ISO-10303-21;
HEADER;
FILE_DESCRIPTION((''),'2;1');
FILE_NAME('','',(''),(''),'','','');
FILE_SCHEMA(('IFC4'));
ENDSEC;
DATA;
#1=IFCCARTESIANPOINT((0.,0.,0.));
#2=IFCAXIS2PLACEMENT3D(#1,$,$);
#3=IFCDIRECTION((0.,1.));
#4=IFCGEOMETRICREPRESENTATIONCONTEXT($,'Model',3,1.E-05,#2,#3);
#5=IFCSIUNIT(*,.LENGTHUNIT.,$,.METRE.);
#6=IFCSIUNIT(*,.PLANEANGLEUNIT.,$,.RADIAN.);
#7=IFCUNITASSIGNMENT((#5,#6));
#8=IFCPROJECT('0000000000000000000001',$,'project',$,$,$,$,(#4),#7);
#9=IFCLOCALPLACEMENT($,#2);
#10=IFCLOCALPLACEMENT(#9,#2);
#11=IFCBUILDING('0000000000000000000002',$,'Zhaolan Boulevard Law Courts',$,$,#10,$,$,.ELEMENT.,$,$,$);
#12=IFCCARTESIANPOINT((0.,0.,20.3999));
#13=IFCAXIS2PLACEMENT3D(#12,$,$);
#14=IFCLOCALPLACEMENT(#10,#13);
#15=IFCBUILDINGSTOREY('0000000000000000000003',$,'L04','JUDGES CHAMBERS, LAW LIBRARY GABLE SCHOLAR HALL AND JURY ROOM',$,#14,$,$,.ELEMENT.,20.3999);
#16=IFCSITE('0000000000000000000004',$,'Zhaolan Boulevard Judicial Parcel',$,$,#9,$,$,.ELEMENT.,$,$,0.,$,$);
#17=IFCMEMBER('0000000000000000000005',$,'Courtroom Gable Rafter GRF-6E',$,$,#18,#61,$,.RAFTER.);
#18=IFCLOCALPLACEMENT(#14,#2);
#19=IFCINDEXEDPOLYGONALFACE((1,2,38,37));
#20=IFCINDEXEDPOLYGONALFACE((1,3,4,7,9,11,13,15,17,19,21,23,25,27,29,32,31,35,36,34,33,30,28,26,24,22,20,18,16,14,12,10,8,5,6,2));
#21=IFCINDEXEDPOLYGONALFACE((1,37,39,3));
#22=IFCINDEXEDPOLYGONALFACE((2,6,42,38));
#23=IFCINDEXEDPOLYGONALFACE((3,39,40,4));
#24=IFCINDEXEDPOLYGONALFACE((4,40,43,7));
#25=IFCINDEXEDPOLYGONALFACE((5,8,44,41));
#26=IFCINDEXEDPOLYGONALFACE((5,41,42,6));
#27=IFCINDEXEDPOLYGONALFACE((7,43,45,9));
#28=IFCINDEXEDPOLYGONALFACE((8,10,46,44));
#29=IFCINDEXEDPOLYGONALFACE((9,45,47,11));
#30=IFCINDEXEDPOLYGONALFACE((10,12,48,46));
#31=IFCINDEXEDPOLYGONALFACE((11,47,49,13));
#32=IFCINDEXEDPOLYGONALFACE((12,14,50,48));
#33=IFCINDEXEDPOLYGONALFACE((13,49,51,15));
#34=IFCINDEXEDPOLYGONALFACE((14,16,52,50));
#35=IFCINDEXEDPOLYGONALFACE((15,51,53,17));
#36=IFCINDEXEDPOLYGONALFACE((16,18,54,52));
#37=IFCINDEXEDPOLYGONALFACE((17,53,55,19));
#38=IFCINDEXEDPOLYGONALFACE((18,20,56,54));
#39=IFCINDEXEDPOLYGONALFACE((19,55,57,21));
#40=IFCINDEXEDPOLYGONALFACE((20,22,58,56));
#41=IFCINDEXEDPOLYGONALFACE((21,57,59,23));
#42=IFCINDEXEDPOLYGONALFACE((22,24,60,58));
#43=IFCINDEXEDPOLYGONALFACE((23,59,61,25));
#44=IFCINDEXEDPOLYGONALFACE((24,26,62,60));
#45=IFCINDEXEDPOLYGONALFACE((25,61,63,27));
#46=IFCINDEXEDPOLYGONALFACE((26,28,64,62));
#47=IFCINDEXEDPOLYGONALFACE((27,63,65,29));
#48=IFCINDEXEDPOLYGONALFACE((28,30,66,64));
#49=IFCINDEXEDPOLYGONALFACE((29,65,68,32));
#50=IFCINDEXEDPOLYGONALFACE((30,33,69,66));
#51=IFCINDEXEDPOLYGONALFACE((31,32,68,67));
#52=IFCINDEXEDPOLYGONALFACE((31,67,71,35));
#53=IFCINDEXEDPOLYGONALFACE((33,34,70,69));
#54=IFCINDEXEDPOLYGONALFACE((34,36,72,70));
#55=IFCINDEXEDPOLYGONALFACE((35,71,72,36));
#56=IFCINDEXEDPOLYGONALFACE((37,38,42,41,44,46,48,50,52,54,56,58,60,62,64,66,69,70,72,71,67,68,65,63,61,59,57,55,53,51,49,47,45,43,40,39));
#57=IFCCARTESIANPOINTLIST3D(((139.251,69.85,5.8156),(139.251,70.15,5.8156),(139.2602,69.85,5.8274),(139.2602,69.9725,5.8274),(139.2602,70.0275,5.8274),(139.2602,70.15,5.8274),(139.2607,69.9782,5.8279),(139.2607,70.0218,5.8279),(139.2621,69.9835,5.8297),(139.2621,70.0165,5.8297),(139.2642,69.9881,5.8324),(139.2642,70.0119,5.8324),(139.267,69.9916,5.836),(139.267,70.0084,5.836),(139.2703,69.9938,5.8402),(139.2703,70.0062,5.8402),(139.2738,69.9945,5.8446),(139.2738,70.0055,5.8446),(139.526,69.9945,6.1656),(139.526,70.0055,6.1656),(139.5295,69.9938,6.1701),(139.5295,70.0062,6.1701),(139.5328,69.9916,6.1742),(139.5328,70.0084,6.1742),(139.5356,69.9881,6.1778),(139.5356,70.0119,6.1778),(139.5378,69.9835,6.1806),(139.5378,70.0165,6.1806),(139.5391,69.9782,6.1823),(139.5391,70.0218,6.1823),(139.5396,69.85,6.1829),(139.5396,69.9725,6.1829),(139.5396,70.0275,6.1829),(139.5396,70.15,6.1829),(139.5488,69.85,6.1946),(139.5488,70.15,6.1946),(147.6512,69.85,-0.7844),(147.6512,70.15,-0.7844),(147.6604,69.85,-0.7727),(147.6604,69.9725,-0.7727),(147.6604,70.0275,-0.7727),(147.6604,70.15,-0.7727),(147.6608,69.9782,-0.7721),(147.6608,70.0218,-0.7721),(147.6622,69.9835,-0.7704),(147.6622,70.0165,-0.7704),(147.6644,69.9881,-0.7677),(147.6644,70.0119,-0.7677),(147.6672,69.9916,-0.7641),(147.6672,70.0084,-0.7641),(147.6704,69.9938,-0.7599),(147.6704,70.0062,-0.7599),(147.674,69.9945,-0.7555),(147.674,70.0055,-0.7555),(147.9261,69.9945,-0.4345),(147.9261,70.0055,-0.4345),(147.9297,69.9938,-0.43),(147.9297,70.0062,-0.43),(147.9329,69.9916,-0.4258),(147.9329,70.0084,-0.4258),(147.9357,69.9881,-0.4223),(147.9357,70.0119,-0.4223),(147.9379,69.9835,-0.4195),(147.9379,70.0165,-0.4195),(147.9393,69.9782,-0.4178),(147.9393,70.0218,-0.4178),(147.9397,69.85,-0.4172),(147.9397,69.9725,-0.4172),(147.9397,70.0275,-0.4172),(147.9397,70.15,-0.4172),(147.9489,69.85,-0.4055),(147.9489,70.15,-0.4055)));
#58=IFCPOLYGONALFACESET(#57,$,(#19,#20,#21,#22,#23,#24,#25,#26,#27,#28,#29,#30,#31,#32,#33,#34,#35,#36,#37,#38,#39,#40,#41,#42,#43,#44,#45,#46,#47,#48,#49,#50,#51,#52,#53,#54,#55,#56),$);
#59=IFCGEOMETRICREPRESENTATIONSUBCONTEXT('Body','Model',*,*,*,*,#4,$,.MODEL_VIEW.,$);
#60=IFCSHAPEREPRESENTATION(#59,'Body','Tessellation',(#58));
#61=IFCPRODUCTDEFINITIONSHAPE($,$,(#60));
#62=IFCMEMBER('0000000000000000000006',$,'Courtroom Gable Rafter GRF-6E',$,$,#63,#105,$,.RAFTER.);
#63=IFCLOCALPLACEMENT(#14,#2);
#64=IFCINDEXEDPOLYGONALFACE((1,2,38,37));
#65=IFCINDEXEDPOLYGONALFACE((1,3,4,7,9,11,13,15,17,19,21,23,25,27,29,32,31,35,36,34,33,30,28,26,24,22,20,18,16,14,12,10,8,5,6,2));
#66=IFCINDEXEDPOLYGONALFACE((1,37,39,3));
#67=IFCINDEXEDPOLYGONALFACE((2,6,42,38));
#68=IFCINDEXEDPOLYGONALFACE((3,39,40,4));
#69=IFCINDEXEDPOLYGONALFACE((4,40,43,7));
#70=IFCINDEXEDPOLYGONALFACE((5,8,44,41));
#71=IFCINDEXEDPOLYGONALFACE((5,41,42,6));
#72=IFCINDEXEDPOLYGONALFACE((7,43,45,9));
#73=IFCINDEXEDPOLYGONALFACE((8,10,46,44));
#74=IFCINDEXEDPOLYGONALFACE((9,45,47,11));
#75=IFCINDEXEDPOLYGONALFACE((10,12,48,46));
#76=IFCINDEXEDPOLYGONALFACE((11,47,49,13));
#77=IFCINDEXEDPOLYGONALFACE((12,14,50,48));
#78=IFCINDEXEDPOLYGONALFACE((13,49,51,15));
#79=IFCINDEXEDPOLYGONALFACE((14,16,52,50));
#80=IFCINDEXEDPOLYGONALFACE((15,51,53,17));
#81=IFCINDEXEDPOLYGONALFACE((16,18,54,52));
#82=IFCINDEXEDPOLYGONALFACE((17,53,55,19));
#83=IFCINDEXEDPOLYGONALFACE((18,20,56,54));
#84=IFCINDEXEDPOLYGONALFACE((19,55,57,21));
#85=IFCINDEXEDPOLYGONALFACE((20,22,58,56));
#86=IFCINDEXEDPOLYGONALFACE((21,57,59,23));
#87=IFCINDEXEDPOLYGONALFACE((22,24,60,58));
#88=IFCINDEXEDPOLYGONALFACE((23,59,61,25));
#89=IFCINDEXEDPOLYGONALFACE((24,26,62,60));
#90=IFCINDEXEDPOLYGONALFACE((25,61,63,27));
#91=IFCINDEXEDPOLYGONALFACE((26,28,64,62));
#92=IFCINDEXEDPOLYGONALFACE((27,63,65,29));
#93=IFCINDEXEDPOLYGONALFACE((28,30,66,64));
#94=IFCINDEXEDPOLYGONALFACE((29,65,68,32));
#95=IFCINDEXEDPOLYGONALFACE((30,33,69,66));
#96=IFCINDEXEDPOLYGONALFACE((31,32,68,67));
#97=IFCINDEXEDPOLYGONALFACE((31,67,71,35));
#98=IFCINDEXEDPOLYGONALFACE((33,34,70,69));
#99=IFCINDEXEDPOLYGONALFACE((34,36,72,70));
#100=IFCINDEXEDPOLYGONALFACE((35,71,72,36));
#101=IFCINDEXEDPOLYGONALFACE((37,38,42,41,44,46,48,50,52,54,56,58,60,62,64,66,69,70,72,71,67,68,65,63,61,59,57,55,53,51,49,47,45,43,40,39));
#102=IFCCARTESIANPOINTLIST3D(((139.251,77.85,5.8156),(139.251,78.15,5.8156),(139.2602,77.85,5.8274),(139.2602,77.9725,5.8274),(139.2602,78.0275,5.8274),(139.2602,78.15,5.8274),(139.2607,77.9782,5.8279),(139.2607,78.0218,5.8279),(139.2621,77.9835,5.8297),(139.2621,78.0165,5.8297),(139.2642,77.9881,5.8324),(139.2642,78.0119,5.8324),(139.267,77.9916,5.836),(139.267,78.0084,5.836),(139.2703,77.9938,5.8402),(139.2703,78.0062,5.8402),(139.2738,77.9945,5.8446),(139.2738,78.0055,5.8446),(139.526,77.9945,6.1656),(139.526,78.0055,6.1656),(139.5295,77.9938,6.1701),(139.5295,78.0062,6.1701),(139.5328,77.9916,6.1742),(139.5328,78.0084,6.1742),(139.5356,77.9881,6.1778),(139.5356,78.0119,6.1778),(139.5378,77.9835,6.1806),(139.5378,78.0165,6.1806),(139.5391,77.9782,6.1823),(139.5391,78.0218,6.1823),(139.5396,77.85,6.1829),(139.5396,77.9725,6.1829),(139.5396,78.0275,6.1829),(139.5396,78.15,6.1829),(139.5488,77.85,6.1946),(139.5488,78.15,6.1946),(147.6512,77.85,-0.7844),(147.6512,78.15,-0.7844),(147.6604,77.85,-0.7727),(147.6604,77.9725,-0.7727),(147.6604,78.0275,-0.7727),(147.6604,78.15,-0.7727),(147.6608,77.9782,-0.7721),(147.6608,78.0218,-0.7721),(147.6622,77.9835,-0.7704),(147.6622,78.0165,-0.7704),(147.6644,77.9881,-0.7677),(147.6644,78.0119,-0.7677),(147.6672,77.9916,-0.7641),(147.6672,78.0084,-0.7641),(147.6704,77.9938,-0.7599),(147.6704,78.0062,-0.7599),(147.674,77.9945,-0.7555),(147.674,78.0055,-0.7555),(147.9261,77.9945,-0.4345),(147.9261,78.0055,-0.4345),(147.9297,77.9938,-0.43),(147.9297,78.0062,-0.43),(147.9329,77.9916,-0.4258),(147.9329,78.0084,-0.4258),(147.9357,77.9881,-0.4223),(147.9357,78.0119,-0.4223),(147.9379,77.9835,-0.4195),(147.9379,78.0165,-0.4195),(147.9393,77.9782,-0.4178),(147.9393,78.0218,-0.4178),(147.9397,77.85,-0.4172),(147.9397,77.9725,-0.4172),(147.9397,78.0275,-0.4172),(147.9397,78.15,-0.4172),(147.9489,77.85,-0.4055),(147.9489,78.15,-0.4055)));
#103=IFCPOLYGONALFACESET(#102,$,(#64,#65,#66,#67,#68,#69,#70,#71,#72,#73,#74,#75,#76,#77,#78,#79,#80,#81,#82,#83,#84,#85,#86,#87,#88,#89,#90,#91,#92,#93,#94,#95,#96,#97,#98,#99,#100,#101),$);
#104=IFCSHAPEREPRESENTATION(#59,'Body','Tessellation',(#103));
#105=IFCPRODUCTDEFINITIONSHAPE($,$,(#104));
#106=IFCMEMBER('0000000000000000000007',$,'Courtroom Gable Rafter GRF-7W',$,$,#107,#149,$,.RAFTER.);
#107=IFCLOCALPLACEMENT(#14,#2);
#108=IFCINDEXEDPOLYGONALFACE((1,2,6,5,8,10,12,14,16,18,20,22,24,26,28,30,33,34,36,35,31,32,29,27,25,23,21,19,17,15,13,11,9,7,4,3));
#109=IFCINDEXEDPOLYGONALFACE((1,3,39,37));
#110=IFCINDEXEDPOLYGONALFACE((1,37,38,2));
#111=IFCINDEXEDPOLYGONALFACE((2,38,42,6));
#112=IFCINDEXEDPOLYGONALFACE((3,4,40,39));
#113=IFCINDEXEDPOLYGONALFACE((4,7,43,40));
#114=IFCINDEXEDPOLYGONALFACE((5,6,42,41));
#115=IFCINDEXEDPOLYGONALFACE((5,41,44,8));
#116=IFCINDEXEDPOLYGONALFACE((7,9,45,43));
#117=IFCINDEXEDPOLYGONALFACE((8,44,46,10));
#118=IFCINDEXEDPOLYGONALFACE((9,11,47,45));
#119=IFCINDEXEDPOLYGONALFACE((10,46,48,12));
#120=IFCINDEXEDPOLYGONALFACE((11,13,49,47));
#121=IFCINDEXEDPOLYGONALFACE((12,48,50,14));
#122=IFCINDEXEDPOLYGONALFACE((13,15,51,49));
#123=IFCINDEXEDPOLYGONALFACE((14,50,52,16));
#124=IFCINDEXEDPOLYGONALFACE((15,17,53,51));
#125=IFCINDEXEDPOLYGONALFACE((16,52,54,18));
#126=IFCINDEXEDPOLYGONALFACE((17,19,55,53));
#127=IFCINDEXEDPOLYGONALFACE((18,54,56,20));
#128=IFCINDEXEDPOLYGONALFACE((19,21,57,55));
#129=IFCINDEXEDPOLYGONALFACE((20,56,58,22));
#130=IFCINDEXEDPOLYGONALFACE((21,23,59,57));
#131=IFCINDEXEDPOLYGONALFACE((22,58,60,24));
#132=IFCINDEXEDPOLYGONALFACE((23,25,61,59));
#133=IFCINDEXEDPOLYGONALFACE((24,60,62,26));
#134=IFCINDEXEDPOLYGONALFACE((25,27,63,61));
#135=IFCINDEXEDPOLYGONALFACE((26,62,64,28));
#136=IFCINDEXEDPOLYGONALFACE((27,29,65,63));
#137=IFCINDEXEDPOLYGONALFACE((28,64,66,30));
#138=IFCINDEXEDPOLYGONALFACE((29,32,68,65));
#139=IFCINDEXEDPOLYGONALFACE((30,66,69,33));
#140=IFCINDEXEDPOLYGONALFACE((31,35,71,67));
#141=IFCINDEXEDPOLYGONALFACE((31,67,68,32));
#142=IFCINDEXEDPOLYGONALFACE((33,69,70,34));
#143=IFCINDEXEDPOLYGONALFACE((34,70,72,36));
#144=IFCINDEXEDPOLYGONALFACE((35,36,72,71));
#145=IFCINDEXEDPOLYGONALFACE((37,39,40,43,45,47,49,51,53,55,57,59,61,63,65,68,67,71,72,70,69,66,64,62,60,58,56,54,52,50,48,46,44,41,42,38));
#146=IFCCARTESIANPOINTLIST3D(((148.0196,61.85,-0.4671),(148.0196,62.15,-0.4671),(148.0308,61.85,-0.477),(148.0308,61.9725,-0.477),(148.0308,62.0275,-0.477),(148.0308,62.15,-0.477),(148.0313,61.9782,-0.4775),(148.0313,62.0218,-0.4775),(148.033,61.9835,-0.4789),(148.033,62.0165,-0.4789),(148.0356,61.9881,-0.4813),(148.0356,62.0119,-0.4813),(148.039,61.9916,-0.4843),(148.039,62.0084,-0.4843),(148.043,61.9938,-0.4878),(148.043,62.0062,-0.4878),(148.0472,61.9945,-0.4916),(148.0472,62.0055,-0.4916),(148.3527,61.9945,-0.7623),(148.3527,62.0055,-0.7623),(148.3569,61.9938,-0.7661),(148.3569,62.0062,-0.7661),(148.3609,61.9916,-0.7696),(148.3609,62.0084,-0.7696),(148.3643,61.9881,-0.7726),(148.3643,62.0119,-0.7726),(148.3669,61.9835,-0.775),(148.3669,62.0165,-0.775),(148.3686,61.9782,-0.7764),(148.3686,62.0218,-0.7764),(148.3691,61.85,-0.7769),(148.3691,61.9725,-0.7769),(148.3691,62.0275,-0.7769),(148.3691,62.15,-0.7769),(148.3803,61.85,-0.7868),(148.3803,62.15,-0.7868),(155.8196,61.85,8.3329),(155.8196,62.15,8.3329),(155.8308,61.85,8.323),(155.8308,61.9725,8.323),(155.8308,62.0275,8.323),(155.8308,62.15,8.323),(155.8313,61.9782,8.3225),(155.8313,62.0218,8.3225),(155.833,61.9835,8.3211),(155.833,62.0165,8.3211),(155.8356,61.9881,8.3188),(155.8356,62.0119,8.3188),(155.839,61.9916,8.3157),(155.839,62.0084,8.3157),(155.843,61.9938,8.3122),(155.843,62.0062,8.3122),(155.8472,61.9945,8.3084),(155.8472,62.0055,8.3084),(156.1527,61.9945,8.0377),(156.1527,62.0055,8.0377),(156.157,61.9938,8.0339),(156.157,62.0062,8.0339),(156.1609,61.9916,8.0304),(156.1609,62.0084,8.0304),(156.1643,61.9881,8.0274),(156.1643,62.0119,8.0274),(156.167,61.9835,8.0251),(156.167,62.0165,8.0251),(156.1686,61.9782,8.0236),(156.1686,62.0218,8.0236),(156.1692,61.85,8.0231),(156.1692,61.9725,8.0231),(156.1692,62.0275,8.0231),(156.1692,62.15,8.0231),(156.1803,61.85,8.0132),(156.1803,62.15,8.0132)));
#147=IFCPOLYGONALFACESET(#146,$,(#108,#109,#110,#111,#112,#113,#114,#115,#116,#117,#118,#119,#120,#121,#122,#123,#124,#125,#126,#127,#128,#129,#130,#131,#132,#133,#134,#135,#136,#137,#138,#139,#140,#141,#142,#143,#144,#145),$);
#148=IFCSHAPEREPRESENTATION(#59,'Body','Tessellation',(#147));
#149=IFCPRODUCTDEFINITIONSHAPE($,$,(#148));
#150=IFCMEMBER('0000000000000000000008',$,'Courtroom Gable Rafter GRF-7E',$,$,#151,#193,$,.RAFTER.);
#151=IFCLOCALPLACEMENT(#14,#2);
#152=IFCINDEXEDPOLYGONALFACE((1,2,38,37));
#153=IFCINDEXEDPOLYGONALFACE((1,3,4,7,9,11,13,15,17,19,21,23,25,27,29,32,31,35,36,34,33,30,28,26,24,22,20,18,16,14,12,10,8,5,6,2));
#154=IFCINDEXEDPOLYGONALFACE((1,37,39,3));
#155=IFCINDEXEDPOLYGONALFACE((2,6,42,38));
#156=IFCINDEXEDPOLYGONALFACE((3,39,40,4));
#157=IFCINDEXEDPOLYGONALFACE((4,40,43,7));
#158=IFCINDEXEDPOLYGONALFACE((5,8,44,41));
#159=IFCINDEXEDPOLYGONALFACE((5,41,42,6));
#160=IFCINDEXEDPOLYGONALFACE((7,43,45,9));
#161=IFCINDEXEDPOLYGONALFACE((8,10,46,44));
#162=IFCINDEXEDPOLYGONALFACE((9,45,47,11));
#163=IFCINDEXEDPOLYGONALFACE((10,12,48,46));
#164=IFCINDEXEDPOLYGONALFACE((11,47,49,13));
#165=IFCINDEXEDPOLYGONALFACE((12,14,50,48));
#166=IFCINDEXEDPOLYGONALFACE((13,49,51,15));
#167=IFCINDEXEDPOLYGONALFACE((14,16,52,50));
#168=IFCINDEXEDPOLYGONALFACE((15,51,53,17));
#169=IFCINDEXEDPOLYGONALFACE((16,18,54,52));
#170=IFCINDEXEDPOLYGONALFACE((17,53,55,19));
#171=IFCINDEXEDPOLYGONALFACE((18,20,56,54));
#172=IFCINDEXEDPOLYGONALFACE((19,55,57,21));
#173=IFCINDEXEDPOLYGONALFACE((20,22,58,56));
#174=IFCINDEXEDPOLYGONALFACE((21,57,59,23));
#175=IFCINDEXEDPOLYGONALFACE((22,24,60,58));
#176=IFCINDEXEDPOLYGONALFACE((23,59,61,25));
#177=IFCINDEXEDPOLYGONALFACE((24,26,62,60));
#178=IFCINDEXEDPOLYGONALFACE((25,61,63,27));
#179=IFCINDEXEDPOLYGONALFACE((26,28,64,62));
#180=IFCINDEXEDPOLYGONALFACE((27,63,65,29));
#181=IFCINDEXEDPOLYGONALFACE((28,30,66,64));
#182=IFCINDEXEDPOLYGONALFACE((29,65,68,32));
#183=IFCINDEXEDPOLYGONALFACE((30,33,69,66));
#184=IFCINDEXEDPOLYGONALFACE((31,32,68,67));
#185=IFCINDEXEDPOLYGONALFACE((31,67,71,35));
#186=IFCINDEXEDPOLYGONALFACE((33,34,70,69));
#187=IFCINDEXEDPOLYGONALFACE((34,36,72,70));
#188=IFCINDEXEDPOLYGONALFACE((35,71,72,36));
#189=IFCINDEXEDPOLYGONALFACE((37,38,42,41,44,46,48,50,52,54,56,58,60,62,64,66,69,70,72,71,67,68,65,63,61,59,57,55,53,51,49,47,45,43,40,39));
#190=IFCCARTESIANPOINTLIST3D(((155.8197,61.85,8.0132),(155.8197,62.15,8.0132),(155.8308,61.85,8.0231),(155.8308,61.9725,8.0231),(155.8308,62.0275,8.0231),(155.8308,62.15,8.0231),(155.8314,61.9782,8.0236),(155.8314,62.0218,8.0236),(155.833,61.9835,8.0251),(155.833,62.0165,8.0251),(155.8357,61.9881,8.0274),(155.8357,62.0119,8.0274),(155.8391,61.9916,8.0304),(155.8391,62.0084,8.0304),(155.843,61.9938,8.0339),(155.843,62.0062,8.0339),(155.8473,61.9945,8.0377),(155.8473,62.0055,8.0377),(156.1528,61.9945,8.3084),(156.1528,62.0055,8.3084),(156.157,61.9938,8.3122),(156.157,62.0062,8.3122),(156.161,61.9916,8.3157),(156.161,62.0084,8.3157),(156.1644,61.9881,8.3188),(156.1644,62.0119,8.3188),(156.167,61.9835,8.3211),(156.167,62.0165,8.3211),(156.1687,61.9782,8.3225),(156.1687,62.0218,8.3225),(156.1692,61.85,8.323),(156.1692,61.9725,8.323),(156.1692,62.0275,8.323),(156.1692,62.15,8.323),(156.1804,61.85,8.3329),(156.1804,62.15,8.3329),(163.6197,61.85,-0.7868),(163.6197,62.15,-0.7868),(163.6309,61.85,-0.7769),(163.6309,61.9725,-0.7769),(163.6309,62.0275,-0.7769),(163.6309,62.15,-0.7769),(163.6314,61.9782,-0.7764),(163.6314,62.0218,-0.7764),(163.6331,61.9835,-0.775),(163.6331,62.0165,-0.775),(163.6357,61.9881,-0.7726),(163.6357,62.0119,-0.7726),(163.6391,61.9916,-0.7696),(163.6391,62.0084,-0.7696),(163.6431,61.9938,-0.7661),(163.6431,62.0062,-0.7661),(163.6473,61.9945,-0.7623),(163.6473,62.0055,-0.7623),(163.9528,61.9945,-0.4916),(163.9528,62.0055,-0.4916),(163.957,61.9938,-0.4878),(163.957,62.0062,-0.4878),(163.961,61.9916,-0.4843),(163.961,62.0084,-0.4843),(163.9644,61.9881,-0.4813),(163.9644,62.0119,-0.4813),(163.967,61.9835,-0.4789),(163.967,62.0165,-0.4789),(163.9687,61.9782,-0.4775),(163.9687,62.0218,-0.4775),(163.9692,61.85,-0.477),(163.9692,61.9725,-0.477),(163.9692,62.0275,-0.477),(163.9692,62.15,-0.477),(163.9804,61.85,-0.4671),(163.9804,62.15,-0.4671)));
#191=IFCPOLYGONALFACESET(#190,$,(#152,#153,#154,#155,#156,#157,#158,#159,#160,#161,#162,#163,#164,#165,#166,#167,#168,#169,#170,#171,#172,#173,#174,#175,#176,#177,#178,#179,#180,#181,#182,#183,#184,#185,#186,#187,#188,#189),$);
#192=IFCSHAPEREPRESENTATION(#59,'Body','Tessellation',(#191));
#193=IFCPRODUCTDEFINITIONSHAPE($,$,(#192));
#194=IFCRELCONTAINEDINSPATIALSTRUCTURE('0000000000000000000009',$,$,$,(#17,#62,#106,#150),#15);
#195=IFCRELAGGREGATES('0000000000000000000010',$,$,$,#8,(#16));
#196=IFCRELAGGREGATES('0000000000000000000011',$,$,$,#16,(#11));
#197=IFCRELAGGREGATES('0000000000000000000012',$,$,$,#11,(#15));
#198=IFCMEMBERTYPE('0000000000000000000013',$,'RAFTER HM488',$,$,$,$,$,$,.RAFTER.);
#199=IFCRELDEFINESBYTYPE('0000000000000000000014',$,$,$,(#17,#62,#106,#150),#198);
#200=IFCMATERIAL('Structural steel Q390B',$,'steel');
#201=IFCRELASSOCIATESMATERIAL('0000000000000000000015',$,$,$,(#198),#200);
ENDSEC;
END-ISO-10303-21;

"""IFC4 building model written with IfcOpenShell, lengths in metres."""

from ifc_helpers import new_model, si_unit, direction, frame, origin, origin_2d, place, context, subcontext, project, spatial, i_section, extrude, material, material_profile, profile_set, type_object, element, save


model = new_model("IFC4")

# Units and contexts
model_context = context("Model", 3, precision=1e-05, world=origin(), true_north=direction((0.0, 1.0)))
body_context = subcontext(model_context, "Body", "Model", "MODEL_VIEW")
ifc_project = project(units=[si_unit("LENGTHUNIT", "METRE"), si_unit("PLANEANGLEUNIT", "RADIAN")], contexts=[model_context])

# Site, building, storey
site_placement = place(None, origin())
site = spatial("IfcSite", under=ifc_project, at=site_placement, Name="Zhaolan Boulevard Judicial Parcel", CompositionType="ELEMENT", RefElevation=0.0)
building_placement = place(site_placement, origin())
building = spatial("IfcBuilding", under=site, at=building_placement, Name="Zhaolan Boulevard Law Courts", CompositionType="ELEMENT")
storey_placement = place(building_placement, frame((0.0, 0.0, 20.3999)))
storey = spatial("IfcBuildingStorey", under=building, at=storey_placement, Name="L04", Description="JUDGES CHAMBERS, LAW LIBRARY GABLE SCHOLAR HALL AND JURY ROOM", CompositionType="ELEMENT", Elevation=20.3999)

# Members
ifc_material_1 = material(Name="Structural steel Q390B", Category="steel")
ifc_material_profile_1 = material_profile(ifc_material_1, i_section(OverallWidth=0.3, OverallDepth=0.4819, WebThickness=0.011, FlangeThickness=0.0149, FilletRadius=0.022, at=origin_2d()), Name="HM482x300")
ifc_profile_set_1 = profile_set([ifc_material_profile_1], Name="Structural steel Q390B")
member_type_1 = type_object("IfcMemberType", Name="RAFTER HM488", PredefinedType="RAFTER", material=ifc_profile_set_1)
for number, where, z_axis, x_axis, name in (
    (1, (147.8, 70.0, -0.595), (-0.786319, 0.0, 0.617821), (0.0, -1.0, 0.0), "Courtroom Gable Rafter GRF-6E"),
    (2, (147.8, 78.0, -0.595), (-0.786319, 0.0, 0.617821), (0.0, -1.0, 0.0), "Courtroom Gable Rafter GRF-6E"),
):
    element("IfcMember", number, at=place(storey_placement, frame(where, z_axis=z_axis, x_axis=x_axis)), inside=storey, type_object=member_type_1, Name=name, PredefinedType="RAFTER", context=body_context, shape_type="SweptSolid", body=[
        extrude(i_section(OverallWidth=0.3, OverallDepth=0.4819, WebThickness=0.011, FlangeThickness=0.0149, FilletRadius=0.022, at=origin_2d()), origin(), (0.0, 0.0, 1.0), 10.6829),
    ])
for number, where, z_axis, x_axis, name in (
    (3, (148.2, 62.0, -0.627), (0.663308, 0.0, 0.748347), (0.0, 1.0, 0.0), "Courtroom Gable Rafter GRF-7W"),
    (4, (163.8, 62.0, -0.627), (-0.663308, 0.0, 0.748347), (0.0, -1.0, 0.0), "Courtroom Gable Rafter GRF-7E"),
):
    element("IfcMember", number, at=place(storey_placement, frame(where, z_axis=z_axis, x_axis=x_axis)), inside=storey, type_object=member_type_1, Name=name, PredefinedType="RAFTER", context=body_context, shape_type="SweptSolid", body=[
        extrude(i_section(OverallWidth=0.3, OverallDepth=0.4819, WebThickness=0.011, FlangeThickness=0.0149, FilletRadius=0.022, at=origin_2d()), origin(), (0.0, 0.0, 1.0), 11.7593),
    ])

save(model, "model.ifc")
